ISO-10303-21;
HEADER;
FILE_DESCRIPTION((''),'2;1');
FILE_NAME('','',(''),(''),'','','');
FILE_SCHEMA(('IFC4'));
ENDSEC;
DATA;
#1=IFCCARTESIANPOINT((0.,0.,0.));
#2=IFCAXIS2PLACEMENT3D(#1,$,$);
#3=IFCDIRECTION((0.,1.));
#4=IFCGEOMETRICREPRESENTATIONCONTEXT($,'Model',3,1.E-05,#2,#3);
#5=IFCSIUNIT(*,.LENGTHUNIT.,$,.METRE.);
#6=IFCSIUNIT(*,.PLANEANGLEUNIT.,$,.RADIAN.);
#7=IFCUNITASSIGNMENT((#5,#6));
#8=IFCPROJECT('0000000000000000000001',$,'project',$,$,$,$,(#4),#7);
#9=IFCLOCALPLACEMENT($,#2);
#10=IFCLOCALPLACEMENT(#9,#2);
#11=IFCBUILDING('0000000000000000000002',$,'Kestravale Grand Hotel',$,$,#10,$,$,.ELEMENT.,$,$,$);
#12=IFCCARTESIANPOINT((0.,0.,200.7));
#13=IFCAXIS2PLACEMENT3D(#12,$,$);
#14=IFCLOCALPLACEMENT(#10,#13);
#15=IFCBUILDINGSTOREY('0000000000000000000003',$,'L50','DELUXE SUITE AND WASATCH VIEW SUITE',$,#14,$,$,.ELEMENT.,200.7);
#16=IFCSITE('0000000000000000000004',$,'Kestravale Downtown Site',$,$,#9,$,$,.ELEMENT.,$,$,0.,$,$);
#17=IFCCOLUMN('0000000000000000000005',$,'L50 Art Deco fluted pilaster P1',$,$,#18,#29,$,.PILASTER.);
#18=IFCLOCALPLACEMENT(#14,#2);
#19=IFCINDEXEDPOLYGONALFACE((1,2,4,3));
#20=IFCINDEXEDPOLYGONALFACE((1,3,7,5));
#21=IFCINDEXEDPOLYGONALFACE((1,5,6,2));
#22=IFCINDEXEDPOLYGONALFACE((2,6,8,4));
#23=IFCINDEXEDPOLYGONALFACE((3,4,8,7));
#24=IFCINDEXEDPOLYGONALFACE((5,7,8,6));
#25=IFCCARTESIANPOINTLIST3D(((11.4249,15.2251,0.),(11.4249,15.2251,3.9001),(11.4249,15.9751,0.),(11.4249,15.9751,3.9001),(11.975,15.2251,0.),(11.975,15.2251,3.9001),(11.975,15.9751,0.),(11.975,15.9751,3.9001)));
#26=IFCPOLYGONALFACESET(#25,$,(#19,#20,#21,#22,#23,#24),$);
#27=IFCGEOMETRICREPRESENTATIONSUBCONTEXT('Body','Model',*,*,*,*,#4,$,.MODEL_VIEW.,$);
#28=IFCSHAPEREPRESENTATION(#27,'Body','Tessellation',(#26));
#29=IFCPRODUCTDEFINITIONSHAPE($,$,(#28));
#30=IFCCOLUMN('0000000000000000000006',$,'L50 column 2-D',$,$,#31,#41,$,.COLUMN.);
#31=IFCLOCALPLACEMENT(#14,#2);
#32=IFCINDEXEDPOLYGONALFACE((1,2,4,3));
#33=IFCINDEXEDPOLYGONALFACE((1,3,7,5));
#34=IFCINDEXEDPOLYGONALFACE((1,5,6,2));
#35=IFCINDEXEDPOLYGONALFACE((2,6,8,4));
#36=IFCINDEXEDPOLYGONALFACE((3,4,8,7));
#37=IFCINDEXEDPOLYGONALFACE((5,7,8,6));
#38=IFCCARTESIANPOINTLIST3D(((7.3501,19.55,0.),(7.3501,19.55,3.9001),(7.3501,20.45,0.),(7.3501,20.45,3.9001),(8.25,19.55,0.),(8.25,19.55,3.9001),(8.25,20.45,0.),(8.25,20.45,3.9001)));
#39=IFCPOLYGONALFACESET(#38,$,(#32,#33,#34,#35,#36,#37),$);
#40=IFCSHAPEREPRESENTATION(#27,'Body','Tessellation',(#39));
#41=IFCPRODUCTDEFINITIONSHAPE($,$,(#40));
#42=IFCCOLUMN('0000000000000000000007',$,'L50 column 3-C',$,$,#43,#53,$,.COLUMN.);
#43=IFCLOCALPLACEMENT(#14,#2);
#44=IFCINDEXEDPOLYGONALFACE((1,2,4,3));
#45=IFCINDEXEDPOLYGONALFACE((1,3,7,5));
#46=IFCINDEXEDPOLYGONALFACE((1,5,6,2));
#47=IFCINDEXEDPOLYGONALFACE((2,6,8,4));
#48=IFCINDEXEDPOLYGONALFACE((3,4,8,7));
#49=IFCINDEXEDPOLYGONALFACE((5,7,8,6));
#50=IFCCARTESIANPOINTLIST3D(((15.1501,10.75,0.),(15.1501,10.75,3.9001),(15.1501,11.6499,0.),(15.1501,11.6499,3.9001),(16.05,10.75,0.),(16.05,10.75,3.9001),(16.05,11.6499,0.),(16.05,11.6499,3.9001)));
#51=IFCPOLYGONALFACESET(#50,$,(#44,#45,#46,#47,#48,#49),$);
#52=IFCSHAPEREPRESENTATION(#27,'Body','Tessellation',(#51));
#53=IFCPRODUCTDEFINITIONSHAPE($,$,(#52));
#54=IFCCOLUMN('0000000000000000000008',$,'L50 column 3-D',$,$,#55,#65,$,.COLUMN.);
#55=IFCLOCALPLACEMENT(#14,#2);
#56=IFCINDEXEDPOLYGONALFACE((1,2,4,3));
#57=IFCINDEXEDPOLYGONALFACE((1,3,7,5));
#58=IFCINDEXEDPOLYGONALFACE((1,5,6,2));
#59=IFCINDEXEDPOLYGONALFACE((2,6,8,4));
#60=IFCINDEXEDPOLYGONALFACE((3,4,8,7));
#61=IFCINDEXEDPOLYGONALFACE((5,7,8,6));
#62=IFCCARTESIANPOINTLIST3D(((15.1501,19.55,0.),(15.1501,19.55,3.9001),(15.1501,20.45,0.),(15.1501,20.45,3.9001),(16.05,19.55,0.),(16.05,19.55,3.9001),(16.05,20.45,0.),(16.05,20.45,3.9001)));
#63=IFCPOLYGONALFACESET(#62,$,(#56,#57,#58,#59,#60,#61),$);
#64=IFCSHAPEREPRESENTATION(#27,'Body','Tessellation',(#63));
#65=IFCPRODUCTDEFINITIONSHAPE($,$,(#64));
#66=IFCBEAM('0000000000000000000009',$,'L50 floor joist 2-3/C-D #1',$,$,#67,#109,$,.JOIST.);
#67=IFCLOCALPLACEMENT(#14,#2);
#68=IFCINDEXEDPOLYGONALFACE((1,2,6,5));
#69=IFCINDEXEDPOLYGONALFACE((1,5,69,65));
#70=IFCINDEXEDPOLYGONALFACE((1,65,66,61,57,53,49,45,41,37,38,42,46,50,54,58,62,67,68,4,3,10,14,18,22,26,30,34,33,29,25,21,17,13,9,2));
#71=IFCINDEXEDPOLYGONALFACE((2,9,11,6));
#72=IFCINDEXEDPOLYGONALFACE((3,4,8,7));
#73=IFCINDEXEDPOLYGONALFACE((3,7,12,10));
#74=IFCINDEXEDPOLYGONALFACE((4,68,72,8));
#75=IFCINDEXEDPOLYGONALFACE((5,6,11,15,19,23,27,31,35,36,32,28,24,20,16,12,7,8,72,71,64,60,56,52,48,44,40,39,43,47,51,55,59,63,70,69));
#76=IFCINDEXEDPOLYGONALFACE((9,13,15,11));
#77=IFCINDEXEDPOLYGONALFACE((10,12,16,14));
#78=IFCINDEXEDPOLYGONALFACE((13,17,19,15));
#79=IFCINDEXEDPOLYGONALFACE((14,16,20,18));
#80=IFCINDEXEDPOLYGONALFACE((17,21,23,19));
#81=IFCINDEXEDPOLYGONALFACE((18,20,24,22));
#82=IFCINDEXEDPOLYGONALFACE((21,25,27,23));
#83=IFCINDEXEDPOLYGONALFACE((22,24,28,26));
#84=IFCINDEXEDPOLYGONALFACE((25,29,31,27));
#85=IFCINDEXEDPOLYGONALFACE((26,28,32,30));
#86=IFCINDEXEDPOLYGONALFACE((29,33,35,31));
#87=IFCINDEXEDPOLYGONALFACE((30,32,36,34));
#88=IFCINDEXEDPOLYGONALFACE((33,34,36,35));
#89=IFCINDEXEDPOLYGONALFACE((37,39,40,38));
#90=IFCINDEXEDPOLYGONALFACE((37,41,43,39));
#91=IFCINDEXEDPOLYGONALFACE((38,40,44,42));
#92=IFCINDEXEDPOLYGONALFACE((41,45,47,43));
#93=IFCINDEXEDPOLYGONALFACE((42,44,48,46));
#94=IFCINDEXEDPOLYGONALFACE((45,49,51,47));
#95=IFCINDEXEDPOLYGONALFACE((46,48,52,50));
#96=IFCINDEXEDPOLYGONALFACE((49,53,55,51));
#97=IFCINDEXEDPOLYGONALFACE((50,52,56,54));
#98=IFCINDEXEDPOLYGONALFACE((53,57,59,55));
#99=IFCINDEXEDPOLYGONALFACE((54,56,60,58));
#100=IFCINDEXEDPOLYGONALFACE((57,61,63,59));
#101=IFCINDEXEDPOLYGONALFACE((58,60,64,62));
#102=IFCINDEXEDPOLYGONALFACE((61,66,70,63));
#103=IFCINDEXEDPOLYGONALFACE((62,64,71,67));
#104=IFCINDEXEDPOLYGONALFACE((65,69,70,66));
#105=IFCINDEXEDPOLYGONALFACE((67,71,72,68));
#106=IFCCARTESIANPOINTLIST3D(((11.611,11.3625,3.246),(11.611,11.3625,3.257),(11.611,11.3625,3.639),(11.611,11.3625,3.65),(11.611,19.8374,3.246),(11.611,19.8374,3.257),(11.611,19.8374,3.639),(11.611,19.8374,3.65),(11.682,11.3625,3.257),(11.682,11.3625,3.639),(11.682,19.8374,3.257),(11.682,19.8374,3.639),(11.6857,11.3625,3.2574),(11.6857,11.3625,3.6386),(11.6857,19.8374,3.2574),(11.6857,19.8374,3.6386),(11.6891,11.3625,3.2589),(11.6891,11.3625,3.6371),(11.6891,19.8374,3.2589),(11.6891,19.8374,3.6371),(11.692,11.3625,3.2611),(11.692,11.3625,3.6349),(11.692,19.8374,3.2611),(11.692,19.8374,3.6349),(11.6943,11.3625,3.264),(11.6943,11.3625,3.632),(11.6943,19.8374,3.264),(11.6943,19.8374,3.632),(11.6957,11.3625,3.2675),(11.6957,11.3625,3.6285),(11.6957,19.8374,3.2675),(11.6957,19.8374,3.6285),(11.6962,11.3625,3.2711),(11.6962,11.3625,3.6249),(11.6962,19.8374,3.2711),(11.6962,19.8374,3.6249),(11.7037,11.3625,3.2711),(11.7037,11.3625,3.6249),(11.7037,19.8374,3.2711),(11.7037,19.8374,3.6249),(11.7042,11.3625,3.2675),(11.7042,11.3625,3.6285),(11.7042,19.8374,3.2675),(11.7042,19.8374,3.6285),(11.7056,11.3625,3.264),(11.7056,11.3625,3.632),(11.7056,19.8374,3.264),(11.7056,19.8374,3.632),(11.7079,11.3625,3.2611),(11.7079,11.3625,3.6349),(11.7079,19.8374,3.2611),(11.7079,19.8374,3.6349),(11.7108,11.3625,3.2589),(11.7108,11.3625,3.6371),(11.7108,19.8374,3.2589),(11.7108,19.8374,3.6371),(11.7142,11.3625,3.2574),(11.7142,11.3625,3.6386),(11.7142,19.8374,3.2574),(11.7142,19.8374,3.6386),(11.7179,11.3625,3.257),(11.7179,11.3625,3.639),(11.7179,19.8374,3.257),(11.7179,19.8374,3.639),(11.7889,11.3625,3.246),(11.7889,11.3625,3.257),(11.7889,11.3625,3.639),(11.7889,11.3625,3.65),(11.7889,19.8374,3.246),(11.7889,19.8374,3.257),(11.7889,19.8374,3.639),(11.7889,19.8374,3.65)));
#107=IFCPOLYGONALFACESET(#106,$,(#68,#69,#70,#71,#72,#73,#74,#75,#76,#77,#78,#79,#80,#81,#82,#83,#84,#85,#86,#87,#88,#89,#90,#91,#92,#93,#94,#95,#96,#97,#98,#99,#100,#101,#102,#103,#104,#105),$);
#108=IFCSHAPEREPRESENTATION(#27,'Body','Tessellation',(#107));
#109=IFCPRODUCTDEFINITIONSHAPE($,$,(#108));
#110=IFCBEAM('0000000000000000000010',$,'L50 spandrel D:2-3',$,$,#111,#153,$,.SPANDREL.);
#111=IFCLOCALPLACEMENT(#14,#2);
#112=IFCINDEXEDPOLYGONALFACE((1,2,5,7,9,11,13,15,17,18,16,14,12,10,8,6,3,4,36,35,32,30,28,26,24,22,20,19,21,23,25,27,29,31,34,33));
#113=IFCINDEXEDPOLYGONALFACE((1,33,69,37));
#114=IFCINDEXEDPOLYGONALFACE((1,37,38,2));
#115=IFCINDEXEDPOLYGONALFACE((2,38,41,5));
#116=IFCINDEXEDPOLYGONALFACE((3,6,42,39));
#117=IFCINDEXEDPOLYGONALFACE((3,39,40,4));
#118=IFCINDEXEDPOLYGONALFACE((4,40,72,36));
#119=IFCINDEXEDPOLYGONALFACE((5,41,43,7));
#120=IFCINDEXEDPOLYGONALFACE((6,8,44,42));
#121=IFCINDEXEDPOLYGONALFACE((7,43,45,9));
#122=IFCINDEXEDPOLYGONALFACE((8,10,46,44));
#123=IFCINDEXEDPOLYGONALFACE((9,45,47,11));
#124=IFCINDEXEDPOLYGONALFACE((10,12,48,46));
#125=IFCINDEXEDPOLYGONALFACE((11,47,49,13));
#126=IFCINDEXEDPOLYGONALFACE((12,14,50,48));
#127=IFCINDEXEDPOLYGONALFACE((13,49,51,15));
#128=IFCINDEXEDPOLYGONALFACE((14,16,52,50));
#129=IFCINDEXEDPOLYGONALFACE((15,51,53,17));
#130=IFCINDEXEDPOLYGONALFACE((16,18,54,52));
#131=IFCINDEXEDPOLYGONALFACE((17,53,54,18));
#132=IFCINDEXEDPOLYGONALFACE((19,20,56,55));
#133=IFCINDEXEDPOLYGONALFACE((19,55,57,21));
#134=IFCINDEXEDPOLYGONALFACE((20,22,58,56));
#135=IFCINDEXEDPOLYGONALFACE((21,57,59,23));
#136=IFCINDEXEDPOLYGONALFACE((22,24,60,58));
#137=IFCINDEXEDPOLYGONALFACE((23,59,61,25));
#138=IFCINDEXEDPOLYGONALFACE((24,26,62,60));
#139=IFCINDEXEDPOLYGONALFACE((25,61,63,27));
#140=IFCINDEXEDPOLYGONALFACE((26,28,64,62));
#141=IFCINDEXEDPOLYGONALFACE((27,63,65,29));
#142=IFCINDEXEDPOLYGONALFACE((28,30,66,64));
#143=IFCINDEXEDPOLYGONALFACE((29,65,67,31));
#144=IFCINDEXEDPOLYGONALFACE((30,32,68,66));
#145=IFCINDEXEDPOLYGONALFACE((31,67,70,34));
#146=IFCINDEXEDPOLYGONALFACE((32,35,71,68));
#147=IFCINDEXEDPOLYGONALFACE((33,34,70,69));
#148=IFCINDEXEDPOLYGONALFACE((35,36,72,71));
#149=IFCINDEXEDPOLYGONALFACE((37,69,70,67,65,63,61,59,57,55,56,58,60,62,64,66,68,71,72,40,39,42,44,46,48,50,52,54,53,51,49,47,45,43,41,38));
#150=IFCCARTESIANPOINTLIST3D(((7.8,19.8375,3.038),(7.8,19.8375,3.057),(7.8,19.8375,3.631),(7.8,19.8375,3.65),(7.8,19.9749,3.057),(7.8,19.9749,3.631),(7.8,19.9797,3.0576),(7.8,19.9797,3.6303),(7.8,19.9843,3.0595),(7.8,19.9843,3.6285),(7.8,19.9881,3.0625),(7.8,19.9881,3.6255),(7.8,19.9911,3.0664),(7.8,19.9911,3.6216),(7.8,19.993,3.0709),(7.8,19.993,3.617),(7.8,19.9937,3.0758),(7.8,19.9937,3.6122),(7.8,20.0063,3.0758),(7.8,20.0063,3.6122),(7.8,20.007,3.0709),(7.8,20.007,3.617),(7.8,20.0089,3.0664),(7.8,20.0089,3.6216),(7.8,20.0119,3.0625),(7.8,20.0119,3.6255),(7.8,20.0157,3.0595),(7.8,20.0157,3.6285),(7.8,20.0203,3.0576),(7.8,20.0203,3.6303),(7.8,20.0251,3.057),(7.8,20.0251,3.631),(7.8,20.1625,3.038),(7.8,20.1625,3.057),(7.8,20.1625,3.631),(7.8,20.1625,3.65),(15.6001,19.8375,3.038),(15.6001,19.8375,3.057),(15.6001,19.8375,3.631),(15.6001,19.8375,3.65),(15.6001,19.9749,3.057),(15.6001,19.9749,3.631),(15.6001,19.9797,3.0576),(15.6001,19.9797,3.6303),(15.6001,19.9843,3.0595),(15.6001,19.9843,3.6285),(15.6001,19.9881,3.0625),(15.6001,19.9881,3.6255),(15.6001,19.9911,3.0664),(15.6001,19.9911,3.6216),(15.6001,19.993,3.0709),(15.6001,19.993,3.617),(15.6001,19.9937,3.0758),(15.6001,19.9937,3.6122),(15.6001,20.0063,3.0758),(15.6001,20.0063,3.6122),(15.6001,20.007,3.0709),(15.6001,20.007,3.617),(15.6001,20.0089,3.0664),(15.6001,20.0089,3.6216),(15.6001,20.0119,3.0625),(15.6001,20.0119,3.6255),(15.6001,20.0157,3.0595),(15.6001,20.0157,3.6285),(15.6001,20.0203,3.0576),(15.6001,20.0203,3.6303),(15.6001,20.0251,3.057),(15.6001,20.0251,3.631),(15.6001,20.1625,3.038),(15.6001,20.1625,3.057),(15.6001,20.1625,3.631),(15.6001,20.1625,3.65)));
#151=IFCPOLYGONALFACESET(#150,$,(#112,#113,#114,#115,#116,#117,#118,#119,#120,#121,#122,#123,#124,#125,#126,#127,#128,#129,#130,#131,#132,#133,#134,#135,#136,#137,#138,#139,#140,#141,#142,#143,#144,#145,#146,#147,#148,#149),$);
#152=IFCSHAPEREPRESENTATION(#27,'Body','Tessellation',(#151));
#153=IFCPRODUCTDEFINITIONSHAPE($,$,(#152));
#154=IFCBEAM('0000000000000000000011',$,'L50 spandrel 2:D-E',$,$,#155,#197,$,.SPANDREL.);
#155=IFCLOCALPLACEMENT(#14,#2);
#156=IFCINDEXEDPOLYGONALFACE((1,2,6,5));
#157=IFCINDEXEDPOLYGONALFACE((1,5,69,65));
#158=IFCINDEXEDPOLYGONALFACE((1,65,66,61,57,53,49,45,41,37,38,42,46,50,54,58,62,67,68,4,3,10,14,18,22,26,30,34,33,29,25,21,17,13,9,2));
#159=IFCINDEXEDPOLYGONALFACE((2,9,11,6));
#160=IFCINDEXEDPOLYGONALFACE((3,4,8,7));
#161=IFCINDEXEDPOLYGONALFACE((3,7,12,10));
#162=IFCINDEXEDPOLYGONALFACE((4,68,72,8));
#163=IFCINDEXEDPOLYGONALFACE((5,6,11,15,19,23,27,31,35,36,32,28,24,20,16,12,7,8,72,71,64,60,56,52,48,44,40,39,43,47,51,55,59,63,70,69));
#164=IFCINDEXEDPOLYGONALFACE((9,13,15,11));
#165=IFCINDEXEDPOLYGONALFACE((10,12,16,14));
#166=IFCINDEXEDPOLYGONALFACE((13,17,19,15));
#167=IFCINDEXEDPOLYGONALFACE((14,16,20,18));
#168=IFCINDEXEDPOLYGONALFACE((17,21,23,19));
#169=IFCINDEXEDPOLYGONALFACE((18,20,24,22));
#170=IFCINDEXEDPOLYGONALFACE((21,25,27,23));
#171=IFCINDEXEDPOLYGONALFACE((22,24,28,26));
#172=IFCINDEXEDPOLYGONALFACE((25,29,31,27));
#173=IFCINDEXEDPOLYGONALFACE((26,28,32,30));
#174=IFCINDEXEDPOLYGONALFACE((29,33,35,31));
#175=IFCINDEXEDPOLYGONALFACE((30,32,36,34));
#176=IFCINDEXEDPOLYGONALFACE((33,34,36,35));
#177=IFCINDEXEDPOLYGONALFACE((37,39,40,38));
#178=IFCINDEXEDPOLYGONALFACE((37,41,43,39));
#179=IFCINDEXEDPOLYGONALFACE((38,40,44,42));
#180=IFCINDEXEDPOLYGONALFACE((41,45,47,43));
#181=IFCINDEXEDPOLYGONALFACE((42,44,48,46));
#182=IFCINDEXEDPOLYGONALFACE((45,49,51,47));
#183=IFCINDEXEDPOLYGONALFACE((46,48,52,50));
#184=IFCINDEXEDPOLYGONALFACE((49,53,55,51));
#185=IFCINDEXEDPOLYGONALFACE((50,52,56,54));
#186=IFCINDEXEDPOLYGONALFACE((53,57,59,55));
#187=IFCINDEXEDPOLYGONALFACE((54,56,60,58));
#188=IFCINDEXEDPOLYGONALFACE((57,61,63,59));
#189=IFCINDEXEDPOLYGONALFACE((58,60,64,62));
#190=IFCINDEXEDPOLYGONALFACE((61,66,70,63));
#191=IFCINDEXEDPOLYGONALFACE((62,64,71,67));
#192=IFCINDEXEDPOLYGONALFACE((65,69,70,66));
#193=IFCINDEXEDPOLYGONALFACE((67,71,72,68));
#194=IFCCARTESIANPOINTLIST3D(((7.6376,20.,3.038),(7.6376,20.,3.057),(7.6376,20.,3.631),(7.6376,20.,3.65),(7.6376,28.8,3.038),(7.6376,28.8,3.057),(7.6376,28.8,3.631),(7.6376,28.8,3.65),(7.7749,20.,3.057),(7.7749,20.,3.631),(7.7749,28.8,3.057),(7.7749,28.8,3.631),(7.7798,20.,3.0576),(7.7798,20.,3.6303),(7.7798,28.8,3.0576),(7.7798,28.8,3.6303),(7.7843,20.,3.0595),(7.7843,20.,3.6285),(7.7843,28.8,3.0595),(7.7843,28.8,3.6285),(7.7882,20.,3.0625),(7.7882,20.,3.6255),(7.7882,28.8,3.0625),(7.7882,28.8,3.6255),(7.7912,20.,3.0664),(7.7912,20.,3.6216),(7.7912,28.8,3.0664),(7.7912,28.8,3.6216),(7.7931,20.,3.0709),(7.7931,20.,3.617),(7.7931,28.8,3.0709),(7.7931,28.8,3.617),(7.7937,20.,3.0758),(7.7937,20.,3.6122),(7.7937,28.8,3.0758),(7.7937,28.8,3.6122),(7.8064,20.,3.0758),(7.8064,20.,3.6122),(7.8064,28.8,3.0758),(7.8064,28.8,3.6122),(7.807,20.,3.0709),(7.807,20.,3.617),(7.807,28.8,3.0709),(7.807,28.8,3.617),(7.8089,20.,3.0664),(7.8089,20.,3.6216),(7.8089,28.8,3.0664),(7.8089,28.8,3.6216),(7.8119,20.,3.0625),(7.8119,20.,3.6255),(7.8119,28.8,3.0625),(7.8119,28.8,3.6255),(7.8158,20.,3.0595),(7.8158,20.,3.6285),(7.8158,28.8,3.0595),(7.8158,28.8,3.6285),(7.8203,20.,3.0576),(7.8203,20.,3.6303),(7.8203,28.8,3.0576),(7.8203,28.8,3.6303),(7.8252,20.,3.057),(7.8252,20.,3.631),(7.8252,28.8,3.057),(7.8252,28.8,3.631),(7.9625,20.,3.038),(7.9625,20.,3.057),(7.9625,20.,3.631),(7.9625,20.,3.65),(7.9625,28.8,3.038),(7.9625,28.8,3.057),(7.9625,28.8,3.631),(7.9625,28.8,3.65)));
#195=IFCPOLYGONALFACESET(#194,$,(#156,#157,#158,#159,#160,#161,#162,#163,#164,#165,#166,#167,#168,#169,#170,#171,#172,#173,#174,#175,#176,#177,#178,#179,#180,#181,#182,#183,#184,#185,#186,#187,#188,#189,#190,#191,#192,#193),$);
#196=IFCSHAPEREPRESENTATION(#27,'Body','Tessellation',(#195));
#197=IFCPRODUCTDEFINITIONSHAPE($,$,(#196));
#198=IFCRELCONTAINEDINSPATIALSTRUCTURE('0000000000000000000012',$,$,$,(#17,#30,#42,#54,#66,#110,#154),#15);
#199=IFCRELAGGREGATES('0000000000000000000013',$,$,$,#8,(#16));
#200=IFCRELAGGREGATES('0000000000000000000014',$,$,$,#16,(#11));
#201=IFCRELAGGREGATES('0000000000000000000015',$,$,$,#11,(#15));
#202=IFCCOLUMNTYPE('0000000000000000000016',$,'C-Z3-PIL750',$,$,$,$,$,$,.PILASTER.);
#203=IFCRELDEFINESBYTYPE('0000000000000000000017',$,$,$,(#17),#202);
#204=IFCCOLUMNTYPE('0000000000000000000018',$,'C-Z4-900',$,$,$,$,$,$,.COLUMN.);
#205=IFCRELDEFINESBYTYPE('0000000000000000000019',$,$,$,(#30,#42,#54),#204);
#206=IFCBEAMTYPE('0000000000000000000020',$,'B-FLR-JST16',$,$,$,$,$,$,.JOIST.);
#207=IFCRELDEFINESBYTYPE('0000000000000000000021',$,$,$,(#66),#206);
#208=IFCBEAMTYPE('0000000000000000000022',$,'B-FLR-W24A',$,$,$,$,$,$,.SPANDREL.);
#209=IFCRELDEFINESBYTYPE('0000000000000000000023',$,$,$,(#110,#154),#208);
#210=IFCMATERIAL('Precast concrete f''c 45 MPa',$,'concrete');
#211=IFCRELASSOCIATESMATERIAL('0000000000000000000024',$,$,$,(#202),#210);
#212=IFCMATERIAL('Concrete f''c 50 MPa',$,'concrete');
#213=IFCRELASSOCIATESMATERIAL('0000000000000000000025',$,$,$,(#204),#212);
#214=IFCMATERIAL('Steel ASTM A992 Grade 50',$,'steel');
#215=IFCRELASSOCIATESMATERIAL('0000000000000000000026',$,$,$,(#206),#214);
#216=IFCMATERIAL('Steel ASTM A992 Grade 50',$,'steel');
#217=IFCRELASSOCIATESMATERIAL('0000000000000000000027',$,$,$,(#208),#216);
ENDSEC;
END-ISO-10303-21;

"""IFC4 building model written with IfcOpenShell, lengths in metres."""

from ifc_helpers import new_model, si_unit, direction, frame, origin, origin_2d, place, context, subcontext, project, spatial, rectangle, i_section, extrude, material, material_profile, profile_set, type_object, element, save


model = new_model("IFC4")

# Units and contexts
model_context = context("Model", 3, precision=1e-05, world=origin(), true_north=direction((0.0, 1.0)))
body_context = subcontext(model_context, "Body", "Model", "MODEL_VIEW")
ifc_project = project(units=[si_unit("LENGTHUNIT", "METRE"), si_unit("PLANEANGLEUNIT", "RADIAN")], contexts=[model_context])

# Site, building, storey
site_placement = place(None, origin())
site = spatial("IfcSite", under=ifc_project, at=site_placement, Name="Kestravale Downtown Site", CompositionType="ELEMENT", RefElevation=0.0)
building_placement = place(site_placement, origin())
building = spatial("IfcBuilding", under=site, at=building_placement, Name="Kestravale Grand Hotel", CompositionType="ELEMENT")
storey_placement = place(building_placement, frame((0.0, 0.0, 200.7)))
storey = spatial("IfcBuildingStorey", under=building, at=storey_placement, Name="L50", Description="DELUXE SUITE AND WASATCH VIEW SUITE", CompositionType="ELEMENT", Elevation=200.7)

# Columns
ifc_material_1 = material(Name="Precast concrete f'c 45 MPa", Category="concrete")
ifc_material_profile_1 = material_profile(ifc_material_1, rectangle(XDim=0.55, YDim=0.75, at=origin_2d()))
ifc_profile_set_1 = profile_set([ifc_material_profile_1], Name="Precast concrete f'c 45 MPa")
column_type_1 = type_object("IfcColumnType", Name="C-Z3-PIL750", PredefinedType="PILASTER", material=ifc_profile_set_1)
column_placement = place(storey_placement, frame((11.7, 15.6001, 0.0), z_axis=(0.0, 0.0, 1.0), x_axis=(1.0, 0.0, 0.0)))
element("IfcColumn", 1, at=column_placement, inside=storey, type_object=column_type_1, Name="L50 Art Deco fluted pilaster P1", PredefinedType="PILASTER", context=body_context, shape_type="SweptSolid", body=[
    extrude(rectangle(XDim=0.55, YDim=0.75, at=origin_2d()), origin(), (0.0, 0.0, 1.0), 3.9001),
])
ifc_material_2 = material(Name="Concrete f'c 50 MPa", Category="concrete")
ifc_material_profile_2 = material_profile(ifc_material_2, rectangle(XDim=0.8999, YDim=0.8999, at=origin_2d()))
ifc_profile_set_2 = profile_set([ifc_material_profile_2], Name="Concrete f'c 50 MPa")
column_type_2 = type_object("IfcColumnType", Name="C-Z4-900", PredefinedType="COLUMN", material=ifc_profile_set_2)
for number, where, z_axis, x_axis, name in (
    (2, (7.8, 20.0, 0.0), (0.0, 0.0, 1.0), (1.0, 0.0, 0.0), "L50 column 2-D"),
    (3, (15.6001, 11.2, 0.0), (0.0, 0.0, 1.0), (1.0, 0.0, 0.0), "L50 column 3-C"),
    (4, (15.6001, 20.0, 0.0), (0.0, 0.0, 1.0), (1.0, 0.0, 0.0), "L50 column 3-D"),
):
    element("IfcColumn", number, at=place(storey_placement, frame(where, z_axis=z_axis, x_axis=x_axis)), inside=storey, type_object=column_type_2, Name=name, PredefinedType="COLUMN", context=body_context, shape_type="SweptSolid", body=[
        extrude(rectangle(XDim=0.8999, YDim=0.8999, at=origin_2d()), origin(), (0.0, 0.0, 1.0), 3.9001),
    ])

# Beams
ifc_material_3 = material(Name="Steel ASTM A992 Grade 50", Category="steel")
ifc_material_profile_3 = material_profile(ifc_material_3, i_section(OverallWidth=0.178, OverallDepth=0.4041, WebThickness=0.0076, FlangeThickness=0.011, FilletRadius=0.0142, at=origin_2d()))
ifc_profile_set_3 = profile_set([ifc_material_profile_3], Name="Steel ASTM A992 Grade 50")
beam_type_1 = type_object("IfcBeamType", Name="B-FLR-JST16", PredefinedType="JOIST", material=ifc_profile_set_3)
beam_1_placement = place(storey_placement, frame((11.7, 11.3625, 3.448), z_axis=(0.0, 1.0, 0.0), x_axis=(-1.0, 0.0, 0.0)))
element("IfcBeam", 5, at=beam_1_placement, inside=storey, type_object=beam_type_1, Name="L50 floor joist 2-3/C-D #1", PredefinedType="JOIST", context=body_context, shape_type="SweptSolid", body=[
    extrude(i_section(OverallWidth=0.178, OverallDepth=0.4041, WebThickness=0.0076, FlangeThickness=0.011, FilletRadius=0.0142, at=origin_2d()), origin(), (0.0, 0.0, 1.0), 8.4749),
])
ifc_material_4 = material(Name="Steel ASTM A992 Grade 50", Category="steel")
ifc_material_profile_4 = material_profile(ifc_material_4, i_section(OverallWidth=0.325, OverallDepth=0.6121, WebThickness=0.0127, FlangeThickness=0.019, FilletRadius=0.0188, at=origin_2d()))
ifc_profile_set_4 = profile_set([ifc_material_profile_4], Name="Steel ASTM A992 Grade 50")
beam_type_2 = type_object("IfcBeamType", Name="B-FLR-W24A", PredefinedType="SPANDREL", material=ifc_profile_set_4)
beam_2_placement = place(storey_placement, frame((7.8, 20.0, 3.344), z_axis=(1.0, 0.0, 0.0), x_axis=(0.0, 1.0, 0.0)))
element("IfcBeam", 6, at=beam_2_placement, inside=storey, type_object=beam_type_2, Name="L50 spandrel D:2-3", PredefinedType="SPANDREL", context=body_context, shape_type="SweptSolid", body=[
    extrude(i_section(OverallWidth=0.325, OverallDepth=0.6121, WebThickness=0.0127, FlangeThickness=0.019, FilletRadius=0.0188, at=origin_2d()), origin(), (0.0, 0.0, 1.0), 7.8),
])
beam_3_placement = place(storey_placement, frame((7.8, 20.0, 3.344), z_axis=(0.0, 1.0, 0.0), x_axis=(-1.0, 0.0, 0.0)))
element("IfcBeam", 7, at=beam_3_placement, inside=storey, type_object=beam_type_2, Name="L50 spandrel 2:D-E", PredefinedType="SPANDREL", context=body_context, shape_type="SweptSolid", body=[
    extrude(i_section(OverallWidth=0.325, OverallDepth=0.6121, WebThickness=0.0127, FlangeThickness=0.019, FilletRadius=0.0188, at=origin_2d()), origin(), (0.0, 0.0, 1.0), 8.8),
])

save(model, "model.ifc")
